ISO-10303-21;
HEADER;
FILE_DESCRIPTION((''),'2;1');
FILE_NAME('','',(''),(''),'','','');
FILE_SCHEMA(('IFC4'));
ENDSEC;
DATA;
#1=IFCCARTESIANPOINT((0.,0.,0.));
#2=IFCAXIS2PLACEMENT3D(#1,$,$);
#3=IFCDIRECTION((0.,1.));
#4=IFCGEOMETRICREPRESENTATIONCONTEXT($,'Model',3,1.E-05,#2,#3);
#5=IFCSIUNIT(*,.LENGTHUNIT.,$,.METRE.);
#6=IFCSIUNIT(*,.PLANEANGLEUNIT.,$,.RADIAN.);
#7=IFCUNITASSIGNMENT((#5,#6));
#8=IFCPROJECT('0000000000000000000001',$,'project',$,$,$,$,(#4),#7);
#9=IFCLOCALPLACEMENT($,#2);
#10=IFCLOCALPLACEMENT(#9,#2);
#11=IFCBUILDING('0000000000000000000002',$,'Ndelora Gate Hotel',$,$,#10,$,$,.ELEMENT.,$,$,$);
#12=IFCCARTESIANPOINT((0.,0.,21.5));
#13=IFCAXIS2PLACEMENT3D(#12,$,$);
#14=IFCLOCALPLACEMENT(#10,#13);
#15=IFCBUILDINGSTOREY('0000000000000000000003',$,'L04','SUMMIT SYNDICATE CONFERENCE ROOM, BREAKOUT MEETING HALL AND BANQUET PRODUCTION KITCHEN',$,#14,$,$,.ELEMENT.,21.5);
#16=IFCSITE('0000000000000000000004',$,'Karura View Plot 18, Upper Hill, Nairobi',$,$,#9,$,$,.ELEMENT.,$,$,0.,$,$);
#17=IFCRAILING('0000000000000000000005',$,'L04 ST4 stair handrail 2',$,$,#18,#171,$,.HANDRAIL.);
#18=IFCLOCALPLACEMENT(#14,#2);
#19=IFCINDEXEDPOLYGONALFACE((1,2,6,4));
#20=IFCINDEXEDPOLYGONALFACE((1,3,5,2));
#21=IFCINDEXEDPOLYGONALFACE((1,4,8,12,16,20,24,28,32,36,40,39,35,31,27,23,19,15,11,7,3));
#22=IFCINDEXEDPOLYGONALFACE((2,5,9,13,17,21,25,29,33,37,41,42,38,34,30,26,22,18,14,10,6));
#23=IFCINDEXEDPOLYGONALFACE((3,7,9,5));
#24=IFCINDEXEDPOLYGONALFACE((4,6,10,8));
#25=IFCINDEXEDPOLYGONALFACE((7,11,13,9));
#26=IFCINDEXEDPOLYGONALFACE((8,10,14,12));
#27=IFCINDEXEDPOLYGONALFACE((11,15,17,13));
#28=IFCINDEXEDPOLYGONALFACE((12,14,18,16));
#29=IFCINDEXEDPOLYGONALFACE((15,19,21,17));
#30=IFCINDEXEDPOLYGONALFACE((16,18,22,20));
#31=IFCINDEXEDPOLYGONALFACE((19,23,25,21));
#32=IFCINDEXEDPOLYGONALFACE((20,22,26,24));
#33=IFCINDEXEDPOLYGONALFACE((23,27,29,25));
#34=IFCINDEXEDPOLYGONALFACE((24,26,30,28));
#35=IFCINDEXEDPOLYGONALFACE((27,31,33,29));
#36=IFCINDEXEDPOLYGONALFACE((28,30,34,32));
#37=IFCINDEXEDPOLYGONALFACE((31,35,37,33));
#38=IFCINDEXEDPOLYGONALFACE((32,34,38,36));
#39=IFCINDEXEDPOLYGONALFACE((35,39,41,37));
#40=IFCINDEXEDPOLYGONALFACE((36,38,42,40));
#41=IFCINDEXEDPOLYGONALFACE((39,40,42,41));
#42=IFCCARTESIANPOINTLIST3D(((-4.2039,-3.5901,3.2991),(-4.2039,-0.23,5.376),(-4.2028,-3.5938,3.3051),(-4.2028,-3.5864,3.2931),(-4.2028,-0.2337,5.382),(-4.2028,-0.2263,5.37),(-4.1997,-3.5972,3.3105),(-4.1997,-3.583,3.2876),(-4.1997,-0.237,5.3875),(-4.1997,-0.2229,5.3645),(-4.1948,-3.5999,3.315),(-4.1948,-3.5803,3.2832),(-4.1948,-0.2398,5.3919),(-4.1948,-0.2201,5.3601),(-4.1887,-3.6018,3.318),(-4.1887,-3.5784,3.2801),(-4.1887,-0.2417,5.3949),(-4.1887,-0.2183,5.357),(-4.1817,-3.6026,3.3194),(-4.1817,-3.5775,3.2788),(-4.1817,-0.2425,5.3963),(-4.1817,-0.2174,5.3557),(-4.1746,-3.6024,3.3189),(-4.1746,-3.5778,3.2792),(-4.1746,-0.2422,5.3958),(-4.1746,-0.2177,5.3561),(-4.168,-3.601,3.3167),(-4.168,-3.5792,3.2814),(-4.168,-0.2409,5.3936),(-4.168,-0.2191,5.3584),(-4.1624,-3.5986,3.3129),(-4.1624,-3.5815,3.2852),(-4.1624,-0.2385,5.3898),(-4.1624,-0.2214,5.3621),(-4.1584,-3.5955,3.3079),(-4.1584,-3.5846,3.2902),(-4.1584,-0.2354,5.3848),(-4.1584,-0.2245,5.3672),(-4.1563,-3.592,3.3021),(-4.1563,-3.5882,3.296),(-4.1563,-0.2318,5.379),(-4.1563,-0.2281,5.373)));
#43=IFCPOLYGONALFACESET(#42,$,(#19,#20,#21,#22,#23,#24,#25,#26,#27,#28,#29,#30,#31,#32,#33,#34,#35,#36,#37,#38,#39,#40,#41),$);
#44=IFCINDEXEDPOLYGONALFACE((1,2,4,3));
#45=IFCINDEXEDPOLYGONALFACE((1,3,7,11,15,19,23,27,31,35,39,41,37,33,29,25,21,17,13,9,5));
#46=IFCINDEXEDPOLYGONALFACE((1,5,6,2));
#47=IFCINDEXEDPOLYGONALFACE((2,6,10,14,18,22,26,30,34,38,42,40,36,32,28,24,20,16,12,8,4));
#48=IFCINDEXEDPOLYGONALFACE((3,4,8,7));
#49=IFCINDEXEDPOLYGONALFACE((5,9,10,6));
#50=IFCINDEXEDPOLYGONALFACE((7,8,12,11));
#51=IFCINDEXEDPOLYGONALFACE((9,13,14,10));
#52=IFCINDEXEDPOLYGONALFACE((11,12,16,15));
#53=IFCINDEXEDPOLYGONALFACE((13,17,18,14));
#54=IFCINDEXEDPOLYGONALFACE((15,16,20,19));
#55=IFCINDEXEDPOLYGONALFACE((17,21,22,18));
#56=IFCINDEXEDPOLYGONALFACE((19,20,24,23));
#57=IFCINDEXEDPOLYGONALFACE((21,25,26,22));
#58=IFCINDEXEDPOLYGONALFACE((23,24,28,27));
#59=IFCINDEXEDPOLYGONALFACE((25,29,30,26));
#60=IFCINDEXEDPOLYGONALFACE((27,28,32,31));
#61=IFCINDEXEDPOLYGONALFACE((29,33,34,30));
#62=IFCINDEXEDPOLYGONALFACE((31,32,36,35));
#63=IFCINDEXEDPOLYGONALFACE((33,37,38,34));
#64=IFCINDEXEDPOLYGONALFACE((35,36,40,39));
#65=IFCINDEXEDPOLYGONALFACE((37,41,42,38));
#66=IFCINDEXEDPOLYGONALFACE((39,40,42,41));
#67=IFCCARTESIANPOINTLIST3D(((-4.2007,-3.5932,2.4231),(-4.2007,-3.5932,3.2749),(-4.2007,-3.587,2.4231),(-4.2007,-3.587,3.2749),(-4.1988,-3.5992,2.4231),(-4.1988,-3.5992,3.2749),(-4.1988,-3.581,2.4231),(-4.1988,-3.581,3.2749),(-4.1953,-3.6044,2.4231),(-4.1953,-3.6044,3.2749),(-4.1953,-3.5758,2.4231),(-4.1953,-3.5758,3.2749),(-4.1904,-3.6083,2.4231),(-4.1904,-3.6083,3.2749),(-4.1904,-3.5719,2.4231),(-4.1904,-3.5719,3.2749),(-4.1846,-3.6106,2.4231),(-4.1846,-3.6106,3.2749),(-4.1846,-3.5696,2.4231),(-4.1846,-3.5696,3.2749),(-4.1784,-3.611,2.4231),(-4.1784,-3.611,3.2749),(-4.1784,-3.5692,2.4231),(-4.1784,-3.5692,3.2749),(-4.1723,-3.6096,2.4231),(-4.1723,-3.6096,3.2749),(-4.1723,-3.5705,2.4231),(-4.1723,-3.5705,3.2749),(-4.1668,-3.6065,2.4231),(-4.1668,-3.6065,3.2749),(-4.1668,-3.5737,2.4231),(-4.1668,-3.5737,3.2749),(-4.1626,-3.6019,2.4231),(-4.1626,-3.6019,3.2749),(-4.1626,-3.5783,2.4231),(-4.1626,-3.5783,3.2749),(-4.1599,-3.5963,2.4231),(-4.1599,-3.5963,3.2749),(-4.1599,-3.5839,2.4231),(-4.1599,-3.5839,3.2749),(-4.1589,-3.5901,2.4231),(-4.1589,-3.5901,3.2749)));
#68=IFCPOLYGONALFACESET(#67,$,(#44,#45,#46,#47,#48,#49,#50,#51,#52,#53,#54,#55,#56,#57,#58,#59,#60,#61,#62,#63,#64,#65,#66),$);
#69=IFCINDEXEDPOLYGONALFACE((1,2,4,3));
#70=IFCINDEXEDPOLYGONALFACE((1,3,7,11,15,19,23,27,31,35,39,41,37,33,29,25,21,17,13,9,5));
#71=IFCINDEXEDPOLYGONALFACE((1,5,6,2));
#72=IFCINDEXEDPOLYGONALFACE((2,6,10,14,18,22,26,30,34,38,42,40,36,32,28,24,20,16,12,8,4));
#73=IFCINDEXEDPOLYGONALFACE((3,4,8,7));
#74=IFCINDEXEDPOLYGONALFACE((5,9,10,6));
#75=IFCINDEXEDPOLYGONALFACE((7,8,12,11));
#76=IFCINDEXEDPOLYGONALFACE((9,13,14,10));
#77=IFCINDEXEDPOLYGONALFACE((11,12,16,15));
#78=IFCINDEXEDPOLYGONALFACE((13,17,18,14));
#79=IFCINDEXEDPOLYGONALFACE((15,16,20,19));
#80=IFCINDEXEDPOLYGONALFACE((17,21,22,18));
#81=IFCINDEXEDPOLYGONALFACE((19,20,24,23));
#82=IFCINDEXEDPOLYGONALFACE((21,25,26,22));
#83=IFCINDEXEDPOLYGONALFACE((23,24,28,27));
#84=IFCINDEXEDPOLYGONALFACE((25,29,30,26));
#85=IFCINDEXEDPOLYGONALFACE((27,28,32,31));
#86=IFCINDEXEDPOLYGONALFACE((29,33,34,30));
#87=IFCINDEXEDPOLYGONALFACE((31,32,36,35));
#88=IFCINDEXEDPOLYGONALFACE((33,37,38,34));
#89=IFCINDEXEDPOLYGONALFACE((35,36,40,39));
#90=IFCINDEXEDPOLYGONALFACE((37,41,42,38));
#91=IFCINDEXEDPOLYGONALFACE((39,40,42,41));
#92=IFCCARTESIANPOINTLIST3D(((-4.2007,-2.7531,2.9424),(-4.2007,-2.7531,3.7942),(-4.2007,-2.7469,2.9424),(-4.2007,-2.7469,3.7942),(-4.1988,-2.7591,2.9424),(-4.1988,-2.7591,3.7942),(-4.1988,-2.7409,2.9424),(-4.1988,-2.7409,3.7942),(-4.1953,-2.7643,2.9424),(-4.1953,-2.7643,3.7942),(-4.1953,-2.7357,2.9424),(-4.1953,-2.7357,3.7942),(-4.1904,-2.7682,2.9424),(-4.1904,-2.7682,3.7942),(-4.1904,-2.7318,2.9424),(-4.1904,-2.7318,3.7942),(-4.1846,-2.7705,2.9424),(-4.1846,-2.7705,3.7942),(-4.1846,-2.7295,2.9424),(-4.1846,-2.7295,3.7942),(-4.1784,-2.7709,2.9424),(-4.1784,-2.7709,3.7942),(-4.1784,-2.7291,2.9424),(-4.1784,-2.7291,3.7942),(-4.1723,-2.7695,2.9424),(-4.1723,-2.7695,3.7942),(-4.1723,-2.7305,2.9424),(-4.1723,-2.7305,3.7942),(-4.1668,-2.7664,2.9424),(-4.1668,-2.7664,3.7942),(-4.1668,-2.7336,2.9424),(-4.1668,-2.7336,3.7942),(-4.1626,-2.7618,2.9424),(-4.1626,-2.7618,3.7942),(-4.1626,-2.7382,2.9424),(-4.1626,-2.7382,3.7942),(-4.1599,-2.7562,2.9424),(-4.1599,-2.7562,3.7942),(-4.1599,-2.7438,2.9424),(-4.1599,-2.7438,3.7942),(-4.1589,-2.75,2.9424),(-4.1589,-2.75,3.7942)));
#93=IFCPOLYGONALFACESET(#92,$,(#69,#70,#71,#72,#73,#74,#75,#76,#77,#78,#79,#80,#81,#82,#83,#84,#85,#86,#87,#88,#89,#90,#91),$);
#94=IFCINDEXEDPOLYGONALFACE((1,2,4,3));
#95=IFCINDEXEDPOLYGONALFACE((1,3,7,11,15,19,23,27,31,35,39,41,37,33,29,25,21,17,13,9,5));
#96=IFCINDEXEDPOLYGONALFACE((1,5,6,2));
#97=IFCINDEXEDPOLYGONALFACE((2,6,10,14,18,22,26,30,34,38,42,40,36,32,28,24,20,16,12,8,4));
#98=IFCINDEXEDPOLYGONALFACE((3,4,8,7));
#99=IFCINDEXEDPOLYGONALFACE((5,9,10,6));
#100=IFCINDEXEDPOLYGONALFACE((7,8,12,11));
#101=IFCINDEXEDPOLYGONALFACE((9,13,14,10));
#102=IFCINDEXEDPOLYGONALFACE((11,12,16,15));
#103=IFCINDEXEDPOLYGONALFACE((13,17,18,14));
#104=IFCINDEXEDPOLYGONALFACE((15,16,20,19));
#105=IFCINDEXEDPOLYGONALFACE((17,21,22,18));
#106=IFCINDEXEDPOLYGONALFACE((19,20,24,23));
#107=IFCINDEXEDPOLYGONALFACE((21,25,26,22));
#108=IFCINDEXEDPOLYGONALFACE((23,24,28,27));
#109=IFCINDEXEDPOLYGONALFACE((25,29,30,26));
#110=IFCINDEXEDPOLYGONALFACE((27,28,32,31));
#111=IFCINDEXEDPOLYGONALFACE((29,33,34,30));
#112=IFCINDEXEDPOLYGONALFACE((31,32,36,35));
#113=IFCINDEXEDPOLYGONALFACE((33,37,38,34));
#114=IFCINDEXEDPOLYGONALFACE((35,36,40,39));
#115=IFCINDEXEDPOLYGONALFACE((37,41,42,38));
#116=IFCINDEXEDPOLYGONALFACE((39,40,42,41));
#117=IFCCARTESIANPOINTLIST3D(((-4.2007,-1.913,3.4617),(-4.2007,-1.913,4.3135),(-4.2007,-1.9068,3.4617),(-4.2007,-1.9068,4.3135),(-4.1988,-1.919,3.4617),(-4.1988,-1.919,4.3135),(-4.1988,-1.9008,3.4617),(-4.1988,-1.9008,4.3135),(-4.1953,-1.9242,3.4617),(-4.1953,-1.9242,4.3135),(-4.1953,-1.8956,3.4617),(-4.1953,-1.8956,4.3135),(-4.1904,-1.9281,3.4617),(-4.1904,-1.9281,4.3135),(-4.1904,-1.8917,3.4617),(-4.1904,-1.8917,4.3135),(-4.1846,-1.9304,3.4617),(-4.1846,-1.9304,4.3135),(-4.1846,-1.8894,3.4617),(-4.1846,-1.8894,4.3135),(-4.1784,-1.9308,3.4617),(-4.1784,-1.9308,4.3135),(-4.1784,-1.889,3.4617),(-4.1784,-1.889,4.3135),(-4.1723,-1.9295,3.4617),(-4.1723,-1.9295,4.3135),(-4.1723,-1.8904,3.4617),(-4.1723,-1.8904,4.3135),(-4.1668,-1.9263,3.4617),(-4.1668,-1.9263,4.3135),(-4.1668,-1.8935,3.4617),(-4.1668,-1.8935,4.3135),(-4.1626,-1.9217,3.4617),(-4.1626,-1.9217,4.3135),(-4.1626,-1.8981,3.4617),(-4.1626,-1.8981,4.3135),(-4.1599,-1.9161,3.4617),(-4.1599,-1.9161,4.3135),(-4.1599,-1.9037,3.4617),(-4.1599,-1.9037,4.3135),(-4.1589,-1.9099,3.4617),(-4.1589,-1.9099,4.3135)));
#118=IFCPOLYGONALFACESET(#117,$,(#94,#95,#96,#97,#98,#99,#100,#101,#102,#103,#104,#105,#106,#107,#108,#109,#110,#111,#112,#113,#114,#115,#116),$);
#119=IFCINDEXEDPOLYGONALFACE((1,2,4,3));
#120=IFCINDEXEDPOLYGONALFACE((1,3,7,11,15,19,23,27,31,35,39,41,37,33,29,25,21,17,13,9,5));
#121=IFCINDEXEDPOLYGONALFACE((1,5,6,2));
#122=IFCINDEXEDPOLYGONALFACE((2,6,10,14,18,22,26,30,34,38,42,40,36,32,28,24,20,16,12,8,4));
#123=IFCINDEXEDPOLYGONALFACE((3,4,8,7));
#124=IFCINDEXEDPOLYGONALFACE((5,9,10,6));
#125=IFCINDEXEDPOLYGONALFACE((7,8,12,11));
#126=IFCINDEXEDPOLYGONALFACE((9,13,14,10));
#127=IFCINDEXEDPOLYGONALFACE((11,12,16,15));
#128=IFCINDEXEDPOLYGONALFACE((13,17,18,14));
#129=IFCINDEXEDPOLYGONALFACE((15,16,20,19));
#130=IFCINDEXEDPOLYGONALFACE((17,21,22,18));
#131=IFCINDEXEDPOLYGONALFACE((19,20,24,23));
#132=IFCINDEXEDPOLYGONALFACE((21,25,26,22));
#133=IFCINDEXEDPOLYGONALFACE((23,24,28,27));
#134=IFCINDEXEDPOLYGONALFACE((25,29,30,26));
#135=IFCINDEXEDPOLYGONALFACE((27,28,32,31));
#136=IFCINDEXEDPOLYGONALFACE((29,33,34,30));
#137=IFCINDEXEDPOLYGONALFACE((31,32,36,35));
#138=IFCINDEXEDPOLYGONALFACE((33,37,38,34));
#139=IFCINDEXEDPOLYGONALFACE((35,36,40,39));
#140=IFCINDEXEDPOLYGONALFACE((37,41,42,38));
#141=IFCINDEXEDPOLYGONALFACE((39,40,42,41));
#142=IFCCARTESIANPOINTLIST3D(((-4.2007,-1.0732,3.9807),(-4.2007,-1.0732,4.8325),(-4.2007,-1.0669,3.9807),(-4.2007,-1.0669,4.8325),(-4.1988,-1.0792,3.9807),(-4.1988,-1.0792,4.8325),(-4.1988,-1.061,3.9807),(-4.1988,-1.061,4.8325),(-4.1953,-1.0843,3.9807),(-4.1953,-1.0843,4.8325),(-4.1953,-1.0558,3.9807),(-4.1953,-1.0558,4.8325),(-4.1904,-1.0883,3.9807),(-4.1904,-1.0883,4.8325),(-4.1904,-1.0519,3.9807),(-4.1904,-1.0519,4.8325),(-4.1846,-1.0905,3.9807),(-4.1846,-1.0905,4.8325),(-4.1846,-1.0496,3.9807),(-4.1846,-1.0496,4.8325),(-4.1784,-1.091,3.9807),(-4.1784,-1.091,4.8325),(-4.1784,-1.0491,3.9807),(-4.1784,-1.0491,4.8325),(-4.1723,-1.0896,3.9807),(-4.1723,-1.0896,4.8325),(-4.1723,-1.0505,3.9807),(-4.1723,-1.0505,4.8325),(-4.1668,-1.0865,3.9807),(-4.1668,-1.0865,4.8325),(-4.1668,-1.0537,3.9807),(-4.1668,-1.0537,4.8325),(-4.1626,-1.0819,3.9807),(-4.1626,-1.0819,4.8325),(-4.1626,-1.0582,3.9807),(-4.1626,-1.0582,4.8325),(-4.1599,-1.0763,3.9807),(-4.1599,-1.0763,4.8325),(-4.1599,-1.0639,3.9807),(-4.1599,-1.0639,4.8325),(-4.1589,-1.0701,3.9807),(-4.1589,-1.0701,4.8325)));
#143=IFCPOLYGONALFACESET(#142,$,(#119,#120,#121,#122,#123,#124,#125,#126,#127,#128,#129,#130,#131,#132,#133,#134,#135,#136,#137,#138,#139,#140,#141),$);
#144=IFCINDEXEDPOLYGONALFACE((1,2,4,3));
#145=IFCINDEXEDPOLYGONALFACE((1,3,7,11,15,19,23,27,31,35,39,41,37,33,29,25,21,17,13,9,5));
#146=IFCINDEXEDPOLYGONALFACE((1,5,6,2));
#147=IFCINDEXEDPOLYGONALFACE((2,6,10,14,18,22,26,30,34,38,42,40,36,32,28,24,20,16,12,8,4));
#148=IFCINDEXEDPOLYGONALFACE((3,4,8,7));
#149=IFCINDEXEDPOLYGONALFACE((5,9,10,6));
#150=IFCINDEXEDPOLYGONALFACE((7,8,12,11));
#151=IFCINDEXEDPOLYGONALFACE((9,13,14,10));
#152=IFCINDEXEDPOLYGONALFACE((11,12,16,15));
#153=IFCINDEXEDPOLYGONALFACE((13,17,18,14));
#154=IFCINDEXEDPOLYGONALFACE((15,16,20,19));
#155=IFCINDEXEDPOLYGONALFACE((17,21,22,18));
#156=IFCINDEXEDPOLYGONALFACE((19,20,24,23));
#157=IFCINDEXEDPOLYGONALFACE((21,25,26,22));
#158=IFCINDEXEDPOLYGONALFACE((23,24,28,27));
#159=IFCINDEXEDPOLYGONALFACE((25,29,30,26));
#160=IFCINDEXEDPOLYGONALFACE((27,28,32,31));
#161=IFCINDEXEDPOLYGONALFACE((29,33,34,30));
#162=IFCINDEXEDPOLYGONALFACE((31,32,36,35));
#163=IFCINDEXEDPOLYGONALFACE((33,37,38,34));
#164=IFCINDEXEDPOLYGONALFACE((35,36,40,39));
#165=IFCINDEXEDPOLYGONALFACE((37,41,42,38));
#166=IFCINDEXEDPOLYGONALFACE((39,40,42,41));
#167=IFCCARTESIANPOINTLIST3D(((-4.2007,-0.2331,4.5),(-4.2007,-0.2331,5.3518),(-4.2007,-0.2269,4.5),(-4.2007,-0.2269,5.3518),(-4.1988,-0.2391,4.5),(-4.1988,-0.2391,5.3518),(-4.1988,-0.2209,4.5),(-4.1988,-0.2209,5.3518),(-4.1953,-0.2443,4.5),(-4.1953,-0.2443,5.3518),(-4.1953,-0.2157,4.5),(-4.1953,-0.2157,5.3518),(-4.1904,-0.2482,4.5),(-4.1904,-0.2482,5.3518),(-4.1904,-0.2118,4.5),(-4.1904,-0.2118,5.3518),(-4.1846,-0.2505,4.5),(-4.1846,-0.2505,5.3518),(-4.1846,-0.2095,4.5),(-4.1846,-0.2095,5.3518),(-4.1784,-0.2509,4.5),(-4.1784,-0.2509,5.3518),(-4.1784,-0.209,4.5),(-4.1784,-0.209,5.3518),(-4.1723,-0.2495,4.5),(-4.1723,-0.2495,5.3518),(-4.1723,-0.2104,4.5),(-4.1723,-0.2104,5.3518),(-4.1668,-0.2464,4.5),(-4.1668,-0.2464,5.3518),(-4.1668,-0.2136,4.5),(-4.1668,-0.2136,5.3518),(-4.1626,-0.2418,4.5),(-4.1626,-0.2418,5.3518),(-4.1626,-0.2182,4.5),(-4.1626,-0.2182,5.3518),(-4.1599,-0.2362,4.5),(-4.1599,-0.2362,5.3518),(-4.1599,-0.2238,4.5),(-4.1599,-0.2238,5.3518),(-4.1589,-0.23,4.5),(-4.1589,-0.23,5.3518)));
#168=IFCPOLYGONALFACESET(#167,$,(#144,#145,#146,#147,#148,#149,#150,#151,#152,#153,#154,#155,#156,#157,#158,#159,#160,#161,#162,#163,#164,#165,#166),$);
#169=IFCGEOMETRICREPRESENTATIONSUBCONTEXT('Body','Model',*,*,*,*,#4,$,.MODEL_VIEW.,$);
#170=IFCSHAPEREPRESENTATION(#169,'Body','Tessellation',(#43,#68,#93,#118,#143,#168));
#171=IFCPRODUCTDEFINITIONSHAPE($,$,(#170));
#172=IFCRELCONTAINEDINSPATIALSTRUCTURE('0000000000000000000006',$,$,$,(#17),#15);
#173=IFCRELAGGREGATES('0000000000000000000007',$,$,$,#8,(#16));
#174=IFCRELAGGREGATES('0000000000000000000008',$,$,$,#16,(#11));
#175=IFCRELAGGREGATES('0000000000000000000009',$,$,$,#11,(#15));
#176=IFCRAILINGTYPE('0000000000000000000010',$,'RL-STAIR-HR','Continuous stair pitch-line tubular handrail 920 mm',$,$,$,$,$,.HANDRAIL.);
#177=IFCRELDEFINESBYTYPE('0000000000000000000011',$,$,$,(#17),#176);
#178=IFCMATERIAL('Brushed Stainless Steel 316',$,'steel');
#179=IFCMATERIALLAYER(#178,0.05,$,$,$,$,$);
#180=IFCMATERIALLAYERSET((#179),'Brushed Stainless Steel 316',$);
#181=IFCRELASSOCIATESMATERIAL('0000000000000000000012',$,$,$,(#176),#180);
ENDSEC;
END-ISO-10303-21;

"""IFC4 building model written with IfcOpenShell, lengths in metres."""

from ifc_helpers import new_model, si_unit, direction, frame, origin, origin_2d, place, context, subcontext, project, spatial, circle, extrude, material, layer, layer_set, type_object, element, save


model = new_model("IFC4")

# Units and contexts
model_context = context("Model", 3, precision=1e-05, world=origin(), true_north=direction((0.0, 1.0)))
body_context = subcontext(model_context, "Body", "Model", "MODEL_VIEW")
ifc_project = project(units=[si_unit("LENGTHUNIT", "METRE"), si_unit("PLANEANGLEUNIT", "RADIAN")], contexts=[model_context])

# Site, building, storey
site_placement = place(None, origin())
site = spatial("IfcSite", under=ifc_project, at=site_placement, Name="Karura View Plot 18, Upper Hill, Nairobi", CompositionType="ELEMENT", RefElevation=0.0)
building_placement = place(site_placement, origin())
building = spatial("IfcBuilding", under=site, at=building_placement, Name="Ndelora Gate Hotel", CompositionType="ELEMENT")
storey_placement = place(building_placement, frame((0.0, 0.0, 21.5)))
storey = spatial("IfcBuildingStorey", under=building, at=storey_placement, Name="L04", Description="SUMMIT SYNDICATE CONFERENCE ROOM, BREAKOUT MEETING HALL AND BANQUET PRODUCTION KITCHEN", CompositionType="ELEMENT", Elevation=21.5)

# Railing
ifc_material_1 = material(Name="Brushed Stainless Steel 316", Category="steel")
ifc_layer_1 = layer(ifc_material_1, 0.05)
ifc_layer_set_1 = layer_set([ifc_layer_1], Name="Brushed Stainless Steel 316")
railing_type_1 = type_object("IfcRailingType", Name="RL-STAIR-HR", Description="Continuous stair pitch-line tubular handrail 920 mm", PredefinedType="HANDRAIL", material=ifc_layer_set_1)
railing_1_placement = place(storey_placement, frame((-4.1799, -3.5901, 2.4231)))
element("IfcRailing", 1, at=railing_1_placement, inside=storey, type_object=railing_type_1, Name="L04 ST4 stair handrail 2", PredefinedType="HANDRAIL", context=body_context, shape_type="SweptSolid", body=[
    extrude(circle(Radius=0.0239, at=origin_2d()), frame((0.0, 0.0, 0.876), z_axis=(0.0, 0.850623, 0.525776), x_axis=(-1.0, 0.0, 0.0)), (0.0, 0.0, 1.0), 3.9502),
    extrude(circle(Radius=0.021, at=origin_2d()), origin(), (0.0, 0.0, 1.0), 0.8518),
    extrude(circle(Radius=0.021, at=origin_2d()), frame((0.0, 0.8401, 0.5193)), (0.0, 0.0, 1.0), 0.8518),
    extrude(circle(Radius=0.021, at=origin_2d()), frame((0.0, 1.6802, 1.0386)), (0.0, 0.0, 1.0), 0.8518),
    extrude(circle(Radius=0.021, at=origin_2d()), frame((0.0, 2.52, 1.5576)), (0.0, 0.0, 1.0), 0.8518),
    extrude(circle(Radius=0.021, at=origin_2d()), frame((0.0, 3.3601, 2.0769)), (0.0, 0.0, 1.0), 0.8518),
])

save(model, "model.ifc")
